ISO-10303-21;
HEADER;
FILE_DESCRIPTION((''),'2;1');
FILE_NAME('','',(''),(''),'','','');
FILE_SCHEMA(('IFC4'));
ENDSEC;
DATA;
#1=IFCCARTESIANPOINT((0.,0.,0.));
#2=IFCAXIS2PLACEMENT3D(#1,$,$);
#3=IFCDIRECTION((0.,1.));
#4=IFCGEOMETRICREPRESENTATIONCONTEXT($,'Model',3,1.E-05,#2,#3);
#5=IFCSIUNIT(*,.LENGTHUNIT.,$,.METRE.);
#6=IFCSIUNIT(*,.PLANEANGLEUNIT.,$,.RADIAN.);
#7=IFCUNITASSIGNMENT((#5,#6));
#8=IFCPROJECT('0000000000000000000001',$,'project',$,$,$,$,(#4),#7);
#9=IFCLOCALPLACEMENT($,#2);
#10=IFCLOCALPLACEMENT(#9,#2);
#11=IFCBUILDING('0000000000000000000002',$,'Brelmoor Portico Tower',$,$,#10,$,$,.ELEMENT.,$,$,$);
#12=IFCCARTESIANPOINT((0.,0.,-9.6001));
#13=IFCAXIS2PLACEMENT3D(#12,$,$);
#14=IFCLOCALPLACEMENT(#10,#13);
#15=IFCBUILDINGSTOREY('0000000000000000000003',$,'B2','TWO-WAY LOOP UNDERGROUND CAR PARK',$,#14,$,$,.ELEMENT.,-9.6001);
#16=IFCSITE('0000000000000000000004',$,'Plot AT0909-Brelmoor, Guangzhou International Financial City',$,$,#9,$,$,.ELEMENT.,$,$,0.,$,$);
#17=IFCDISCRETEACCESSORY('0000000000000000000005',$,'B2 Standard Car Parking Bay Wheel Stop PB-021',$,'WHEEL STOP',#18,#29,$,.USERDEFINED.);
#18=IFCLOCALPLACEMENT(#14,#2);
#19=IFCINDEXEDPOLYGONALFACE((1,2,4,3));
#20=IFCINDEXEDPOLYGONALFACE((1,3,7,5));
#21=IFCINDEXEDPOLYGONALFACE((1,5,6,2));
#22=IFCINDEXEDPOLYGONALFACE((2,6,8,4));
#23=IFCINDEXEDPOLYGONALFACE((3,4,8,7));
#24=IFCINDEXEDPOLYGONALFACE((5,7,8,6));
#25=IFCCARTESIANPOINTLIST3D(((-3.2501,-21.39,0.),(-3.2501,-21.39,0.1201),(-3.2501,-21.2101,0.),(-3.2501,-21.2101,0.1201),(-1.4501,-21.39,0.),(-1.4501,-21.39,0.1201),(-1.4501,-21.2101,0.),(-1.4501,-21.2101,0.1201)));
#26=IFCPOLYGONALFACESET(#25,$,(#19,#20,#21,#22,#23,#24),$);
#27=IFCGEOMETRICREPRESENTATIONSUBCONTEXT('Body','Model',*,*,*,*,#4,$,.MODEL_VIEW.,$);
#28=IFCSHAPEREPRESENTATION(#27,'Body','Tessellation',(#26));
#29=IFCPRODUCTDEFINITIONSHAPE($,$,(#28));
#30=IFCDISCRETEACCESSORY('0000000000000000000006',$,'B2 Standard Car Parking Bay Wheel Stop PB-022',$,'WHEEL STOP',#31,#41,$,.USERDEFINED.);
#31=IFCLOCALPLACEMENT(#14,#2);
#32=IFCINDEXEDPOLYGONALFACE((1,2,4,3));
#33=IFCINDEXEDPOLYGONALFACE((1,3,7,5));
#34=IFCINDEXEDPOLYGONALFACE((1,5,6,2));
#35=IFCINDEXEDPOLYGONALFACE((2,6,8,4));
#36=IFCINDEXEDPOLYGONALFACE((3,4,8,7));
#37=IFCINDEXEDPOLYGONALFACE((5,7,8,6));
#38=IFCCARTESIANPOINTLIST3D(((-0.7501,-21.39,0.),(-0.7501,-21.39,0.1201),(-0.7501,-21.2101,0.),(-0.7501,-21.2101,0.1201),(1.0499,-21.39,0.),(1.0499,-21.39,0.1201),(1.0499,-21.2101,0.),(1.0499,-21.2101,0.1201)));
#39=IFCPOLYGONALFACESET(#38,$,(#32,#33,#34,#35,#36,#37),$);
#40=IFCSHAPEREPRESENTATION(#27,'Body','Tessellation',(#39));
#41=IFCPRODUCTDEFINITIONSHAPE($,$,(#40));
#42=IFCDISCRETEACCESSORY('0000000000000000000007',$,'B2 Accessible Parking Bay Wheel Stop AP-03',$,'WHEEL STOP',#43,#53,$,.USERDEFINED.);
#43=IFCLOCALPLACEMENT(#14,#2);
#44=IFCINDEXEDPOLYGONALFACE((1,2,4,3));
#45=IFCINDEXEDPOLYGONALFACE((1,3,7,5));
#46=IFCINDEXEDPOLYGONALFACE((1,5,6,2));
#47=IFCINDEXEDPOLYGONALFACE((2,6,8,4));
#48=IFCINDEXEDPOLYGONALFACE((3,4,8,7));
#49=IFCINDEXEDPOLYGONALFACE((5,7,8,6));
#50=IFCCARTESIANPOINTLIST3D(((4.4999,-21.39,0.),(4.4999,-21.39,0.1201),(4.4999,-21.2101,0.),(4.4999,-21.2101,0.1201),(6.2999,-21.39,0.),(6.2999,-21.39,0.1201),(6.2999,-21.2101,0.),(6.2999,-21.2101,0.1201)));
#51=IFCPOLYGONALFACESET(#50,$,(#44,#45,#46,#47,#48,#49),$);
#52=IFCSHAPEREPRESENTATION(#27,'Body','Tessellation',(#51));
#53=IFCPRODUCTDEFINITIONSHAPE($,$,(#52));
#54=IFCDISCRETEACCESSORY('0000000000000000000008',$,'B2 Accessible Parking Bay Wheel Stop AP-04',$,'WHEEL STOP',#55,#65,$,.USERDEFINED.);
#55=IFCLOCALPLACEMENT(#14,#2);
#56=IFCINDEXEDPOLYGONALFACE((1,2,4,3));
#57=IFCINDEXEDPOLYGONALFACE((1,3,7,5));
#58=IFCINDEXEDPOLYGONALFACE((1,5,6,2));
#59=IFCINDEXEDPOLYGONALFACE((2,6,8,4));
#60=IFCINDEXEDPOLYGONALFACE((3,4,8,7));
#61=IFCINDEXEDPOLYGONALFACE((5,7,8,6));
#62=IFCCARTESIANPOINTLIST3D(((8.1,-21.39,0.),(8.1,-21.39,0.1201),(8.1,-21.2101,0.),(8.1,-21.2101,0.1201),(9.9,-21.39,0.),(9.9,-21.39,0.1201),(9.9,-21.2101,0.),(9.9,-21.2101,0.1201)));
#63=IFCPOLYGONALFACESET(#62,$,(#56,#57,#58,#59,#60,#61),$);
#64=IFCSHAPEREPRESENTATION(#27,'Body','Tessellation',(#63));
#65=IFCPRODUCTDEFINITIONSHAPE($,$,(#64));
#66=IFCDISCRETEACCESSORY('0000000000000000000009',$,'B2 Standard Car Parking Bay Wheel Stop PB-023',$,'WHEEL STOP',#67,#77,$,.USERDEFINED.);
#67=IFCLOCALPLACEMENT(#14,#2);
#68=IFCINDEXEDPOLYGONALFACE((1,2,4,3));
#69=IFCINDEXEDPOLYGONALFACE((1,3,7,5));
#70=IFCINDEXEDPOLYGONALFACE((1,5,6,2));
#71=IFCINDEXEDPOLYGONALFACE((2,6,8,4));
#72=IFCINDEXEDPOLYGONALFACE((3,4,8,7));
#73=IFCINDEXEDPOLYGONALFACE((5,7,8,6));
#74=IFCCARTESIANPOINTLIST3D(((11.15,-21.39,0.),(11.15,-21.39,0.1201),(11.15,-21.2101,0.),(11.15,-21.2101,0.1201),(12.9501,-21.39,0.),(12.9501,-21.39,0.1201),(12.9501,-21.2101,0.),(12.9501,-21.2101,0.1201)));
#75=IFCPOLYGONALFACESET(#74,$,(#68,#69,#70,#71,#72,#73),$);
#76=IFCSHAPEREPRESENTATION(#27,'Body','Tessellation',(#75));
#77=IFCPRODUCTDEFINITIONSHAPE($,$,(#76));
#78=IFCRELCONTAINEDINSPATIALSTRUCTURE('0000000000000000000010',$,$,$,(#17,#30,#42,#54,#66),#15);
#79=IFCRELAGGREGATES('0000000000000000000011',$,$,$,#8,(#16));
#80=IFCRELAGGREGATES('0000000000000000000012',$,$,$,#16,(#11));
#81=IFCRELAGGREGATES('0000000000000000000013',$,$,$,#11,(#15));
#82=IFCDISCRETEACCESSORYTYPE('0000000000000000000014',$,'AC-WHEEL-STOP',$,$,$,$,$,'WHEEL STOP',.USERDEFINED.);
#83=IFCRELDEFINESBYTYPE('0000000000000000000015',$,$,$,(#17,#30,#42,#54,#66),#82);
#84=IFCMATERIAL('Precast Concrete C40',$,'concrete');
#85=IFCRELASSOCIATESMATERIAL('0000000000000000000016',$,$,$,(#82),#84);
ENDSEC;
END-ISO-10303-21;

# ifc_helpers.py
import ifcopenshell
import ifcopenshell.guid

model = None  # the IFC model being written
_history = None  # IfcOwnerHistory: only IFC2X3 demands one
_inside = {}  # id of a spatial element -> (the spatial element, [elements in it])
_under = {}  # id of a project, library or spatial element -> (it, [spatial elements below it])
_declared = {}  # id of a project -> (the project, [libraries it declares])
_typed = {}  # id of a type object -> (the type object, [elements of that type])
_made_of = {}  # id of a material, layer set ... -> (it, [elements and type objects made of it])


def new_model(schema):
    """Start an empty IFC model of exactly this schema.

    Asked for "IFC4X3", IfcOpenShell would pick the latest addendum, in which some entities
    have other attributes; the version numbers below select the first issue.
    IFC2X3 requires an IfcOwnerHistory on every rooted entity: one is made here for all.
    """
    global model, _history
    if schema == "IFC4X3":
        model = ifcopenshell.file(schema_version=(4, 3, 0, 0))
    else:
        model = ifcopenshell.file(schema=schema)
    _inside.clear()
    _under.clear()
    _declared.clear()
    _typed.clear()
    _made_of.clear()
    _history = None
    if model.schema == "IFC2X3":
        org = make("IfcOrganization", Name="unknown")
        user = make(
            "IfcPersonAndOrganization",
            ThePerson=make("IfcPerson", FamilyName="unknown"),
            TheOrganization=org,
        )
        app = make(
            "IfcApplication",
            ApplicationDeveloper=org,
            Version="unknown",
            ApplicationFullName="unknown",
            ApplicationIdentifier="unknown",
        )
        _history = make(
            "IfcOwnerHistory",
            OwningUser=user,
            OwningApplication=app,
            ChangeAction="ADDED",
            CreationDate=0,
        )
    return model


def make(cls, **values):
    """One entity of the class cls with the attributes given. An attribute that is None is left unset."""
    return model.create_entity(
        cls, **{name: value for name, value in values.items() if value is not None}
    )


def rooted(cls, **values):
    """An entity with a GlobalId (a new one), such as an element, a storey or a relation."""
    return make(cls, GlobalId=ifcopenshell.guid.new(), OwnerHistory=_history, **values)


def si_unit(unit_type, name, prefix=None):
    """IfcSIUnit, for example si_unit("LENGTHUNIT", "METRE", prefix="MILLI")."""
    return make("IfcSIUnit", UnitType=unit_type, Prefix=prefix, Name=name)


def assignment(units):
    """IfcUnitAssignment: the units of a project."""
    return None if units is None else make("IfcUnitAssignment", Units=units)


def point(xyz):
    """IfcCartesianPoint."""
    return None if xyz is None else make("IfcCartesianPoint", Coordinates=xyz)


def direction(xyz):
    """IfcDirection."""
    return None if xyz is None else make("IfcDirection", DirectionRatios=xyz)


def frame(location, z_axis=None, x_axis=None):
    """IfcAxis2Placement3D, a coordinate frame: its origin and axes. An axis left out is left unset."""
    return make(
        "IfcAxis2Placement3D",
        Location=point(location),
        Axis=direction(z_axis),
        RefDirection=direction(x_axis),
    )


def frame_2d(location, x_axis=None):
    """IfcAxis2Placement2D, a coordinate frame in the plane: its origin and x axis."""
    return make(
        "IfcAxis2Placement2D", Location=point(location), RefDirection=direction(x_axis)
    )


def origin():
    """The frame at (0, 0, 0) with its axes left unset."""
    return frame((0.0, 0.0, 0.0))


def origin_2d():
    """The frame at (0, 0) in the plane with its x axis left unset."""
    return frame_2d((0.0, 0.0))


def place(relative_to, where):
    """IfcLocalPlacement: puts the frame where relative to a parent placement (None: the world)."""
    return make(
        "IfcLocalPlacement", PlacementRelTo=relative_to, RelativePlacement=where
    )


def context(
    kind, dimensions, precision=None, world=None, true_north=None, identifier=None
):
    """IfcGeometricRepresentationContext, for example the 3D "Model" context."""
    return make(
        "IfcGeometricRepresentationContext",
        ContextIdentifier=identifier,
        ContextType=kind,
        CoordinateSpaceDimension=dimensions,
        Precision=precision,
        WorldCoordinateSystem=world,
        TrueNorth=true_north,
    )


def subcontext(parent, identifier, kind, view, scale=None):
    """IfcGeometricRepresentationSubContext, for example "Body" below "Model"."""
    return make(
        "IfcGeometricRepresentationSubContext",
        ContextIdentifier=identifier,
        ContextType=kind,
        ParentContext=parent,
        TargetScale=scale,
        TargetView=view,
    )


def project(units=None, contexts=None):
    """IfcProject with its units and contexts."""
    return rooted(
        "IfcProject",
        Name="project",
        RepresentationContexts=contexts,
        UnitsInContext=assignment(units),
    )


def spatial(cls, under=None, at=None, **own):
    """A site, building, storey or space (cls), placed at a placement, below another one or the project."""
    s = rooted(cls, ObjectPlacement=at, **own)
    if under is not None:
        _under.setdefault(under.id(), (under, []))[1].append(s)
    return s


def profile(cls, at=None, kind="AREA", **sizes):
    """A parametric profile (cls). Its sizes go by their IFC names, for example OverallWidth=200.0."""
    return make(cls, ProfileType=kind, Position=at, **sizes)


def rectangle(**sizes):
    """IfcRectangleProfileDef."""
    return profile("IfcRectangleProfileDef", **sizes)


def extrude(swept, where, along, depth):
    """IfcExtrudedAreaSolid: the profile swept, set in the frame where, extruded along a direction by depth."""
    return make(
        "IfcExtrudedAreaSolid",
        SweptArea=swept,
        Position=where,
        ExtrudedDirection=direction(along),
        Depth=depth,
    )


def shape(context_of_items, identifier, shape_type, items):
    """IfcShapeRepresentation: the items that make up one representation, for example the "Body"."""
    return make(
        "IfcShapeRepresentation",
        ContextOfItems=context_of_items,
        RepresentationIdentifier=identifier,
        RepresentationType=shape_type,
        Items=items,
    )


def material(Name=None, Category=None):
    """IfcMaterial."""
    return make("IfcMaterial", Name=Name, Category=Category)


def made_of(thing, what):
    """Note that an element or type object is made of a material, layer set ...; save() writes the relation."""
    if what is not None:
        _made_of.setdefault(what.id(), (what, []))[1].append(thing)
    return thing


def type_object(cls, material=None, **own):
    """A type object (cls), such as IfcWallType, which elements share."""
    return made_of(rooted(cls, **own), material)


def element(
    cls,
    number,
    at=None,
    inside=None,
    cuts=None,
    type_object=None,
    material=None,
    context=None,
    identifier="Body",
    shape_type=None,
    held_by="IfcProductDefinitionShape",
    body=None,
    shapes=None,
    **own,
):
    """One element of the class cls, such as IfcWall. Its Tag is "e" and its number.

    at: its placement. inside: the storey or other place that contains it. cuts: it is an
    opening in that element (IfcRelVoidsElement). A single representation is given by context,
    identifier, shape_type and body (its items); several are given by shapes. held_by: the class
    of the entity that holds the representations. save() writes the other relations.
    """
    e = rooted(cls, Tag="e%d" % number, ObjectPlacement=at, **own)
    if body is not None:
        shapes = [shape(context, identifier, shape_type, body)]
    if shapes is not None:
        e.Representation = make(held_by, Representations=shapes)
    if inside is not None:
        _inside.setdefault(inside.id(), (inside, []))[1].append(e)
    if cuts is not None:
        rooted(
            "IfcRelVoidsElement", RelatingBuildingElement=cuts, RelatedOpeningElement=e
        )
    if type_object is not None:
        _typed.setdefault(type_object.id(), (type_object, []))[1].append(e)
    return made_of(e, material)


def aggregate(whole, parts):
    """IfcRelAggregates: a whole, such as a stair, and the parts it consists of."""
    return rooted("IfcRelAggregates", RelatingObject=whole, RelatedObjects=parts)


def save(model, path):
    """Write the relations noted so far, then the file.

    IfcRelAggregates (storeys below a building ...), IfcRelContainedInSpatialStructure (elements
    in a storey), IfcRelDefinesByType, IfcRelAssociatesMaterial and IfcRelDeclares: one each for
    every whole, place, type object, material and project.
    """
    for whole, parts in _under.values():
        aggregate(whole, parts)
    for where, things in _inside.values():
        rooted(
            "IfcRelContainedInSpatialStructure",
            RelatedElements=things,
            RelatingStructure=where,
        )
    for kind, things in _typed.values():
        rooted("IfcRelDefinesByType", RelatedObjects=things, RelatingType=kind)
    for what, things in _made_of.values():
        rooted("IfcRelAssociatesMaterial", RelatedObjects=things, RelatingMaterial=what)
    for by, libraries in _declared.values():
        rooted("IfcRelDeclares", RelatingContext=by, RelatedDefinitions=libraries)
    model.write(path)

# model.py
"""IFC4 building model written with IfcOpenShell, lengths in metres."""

from ifc_helpers import new_model, si_unit, direction, frame, origin, origin_2d, place, context, subcontext, project, spatial, rectangle, extrude, material, type_object, element, save


model = new_model("IFC4")

# Units and contexts
model_context = context("Model", 3, precision=1e-05, world=origin(), true_north=direction((0.0, 1.0)))
body_context = subcontext(model_context, "Body", "Model", "MODEL_VIEW")
ifc_project = project(units=[si_unit("LENGTHUNIT", "METRE"), si_unit("PLANEANGLEUNIT", "RADIAN")], contexts=[model_context])

# Site, building, storey
site_placement = place(None, origin())
site = spatial("IfcSite", under=ifc_project, at=site_placement, Name="Plot AT0909-Brelmoor, Guangzhou International Financial City", CompositionType="ELEMENT", RefElevation=0.0)
building_placement = place(site_placement, origin())
building = spatial("IfcBuilding", under=site, at=building_placement, Name="Brelmoor Portico Tower", CompositionType="ELEMENT")
storey_placement = place(building_placement, frame((0.0, 0.0, -9.6001)))
storey = spatial("IfcBuildingStorey", under=building, at=storey_placement, Name="B2", Description="TWO-WAY LOOP UNDERGROUND CAR PARK", CompositionType="ELEMENT", Elevation=-9.6001)

# Shared definitions
ifc_material_1 = material(Name="Precast Concrete C40", Category="concrete")

# Discrete accessories
discrete_accessory_type = type_object("IfcDiscreteAccessoryType", Name="AC-WHEEL-STOP", ElementType="WHEEL STOP", PredefinedType="USERDEFINED", material=ifc_material_1)
for number, where, z_axis, x_axis, name in (
    (1, (-2.3501, -21.3, 0.0), (0.0, 0.0, 1.0), (1.0, 0.0, 0.0), "B2 Standard Car Parking Bay Wheel Stop PB-021"),
    (2, (0.1499, -21.3, 0.0), (0.0, 0.0, 1.0), (1.0, 0.0, 0.0), "B2 Standard Car Parking Bay Wheel Stop PB-022"),
    (3, (5.3999, -21.3, 0.0), (0.0, 0.0, 1.0), (1.0, 0.0, 0.0), "B2 Accessible Parking Bay Wheel Stop AP-03"),
    (4, (9.0, -21.3, 0.0), (0.0, 0.0, 1.0), (1.0, 0.0, 0.0), "B2 Accessible Parking Bay Wheel Stop AP-04"),
    (5, (12.05, -21.3, 0.0), (0.0, 0.0, 1.0), (1.0, 0.0, 0.0), "B2 Standard Car Parking Bay Wheel Stop PB-023"),
):
    element("IfcDiscreteAccessory", number, at=place(storey_placement, frame(where, z_axis=z_axis, x_axis=x_axis)), inside=storey, type_object=discrete_accessory_type, Name=name, ObjectType="WHEEL STOP", PredefinedType="USERDEFINED", context=body_context, shape_type="SweptSolid", body=[
        extrude(rectangle(XDim=1.8, YDim=0.1799, at=origin_2d()), origin(), (0.0, 0.0, 1.0), 0.1201),
    ])

save(model, "model.ifc")
